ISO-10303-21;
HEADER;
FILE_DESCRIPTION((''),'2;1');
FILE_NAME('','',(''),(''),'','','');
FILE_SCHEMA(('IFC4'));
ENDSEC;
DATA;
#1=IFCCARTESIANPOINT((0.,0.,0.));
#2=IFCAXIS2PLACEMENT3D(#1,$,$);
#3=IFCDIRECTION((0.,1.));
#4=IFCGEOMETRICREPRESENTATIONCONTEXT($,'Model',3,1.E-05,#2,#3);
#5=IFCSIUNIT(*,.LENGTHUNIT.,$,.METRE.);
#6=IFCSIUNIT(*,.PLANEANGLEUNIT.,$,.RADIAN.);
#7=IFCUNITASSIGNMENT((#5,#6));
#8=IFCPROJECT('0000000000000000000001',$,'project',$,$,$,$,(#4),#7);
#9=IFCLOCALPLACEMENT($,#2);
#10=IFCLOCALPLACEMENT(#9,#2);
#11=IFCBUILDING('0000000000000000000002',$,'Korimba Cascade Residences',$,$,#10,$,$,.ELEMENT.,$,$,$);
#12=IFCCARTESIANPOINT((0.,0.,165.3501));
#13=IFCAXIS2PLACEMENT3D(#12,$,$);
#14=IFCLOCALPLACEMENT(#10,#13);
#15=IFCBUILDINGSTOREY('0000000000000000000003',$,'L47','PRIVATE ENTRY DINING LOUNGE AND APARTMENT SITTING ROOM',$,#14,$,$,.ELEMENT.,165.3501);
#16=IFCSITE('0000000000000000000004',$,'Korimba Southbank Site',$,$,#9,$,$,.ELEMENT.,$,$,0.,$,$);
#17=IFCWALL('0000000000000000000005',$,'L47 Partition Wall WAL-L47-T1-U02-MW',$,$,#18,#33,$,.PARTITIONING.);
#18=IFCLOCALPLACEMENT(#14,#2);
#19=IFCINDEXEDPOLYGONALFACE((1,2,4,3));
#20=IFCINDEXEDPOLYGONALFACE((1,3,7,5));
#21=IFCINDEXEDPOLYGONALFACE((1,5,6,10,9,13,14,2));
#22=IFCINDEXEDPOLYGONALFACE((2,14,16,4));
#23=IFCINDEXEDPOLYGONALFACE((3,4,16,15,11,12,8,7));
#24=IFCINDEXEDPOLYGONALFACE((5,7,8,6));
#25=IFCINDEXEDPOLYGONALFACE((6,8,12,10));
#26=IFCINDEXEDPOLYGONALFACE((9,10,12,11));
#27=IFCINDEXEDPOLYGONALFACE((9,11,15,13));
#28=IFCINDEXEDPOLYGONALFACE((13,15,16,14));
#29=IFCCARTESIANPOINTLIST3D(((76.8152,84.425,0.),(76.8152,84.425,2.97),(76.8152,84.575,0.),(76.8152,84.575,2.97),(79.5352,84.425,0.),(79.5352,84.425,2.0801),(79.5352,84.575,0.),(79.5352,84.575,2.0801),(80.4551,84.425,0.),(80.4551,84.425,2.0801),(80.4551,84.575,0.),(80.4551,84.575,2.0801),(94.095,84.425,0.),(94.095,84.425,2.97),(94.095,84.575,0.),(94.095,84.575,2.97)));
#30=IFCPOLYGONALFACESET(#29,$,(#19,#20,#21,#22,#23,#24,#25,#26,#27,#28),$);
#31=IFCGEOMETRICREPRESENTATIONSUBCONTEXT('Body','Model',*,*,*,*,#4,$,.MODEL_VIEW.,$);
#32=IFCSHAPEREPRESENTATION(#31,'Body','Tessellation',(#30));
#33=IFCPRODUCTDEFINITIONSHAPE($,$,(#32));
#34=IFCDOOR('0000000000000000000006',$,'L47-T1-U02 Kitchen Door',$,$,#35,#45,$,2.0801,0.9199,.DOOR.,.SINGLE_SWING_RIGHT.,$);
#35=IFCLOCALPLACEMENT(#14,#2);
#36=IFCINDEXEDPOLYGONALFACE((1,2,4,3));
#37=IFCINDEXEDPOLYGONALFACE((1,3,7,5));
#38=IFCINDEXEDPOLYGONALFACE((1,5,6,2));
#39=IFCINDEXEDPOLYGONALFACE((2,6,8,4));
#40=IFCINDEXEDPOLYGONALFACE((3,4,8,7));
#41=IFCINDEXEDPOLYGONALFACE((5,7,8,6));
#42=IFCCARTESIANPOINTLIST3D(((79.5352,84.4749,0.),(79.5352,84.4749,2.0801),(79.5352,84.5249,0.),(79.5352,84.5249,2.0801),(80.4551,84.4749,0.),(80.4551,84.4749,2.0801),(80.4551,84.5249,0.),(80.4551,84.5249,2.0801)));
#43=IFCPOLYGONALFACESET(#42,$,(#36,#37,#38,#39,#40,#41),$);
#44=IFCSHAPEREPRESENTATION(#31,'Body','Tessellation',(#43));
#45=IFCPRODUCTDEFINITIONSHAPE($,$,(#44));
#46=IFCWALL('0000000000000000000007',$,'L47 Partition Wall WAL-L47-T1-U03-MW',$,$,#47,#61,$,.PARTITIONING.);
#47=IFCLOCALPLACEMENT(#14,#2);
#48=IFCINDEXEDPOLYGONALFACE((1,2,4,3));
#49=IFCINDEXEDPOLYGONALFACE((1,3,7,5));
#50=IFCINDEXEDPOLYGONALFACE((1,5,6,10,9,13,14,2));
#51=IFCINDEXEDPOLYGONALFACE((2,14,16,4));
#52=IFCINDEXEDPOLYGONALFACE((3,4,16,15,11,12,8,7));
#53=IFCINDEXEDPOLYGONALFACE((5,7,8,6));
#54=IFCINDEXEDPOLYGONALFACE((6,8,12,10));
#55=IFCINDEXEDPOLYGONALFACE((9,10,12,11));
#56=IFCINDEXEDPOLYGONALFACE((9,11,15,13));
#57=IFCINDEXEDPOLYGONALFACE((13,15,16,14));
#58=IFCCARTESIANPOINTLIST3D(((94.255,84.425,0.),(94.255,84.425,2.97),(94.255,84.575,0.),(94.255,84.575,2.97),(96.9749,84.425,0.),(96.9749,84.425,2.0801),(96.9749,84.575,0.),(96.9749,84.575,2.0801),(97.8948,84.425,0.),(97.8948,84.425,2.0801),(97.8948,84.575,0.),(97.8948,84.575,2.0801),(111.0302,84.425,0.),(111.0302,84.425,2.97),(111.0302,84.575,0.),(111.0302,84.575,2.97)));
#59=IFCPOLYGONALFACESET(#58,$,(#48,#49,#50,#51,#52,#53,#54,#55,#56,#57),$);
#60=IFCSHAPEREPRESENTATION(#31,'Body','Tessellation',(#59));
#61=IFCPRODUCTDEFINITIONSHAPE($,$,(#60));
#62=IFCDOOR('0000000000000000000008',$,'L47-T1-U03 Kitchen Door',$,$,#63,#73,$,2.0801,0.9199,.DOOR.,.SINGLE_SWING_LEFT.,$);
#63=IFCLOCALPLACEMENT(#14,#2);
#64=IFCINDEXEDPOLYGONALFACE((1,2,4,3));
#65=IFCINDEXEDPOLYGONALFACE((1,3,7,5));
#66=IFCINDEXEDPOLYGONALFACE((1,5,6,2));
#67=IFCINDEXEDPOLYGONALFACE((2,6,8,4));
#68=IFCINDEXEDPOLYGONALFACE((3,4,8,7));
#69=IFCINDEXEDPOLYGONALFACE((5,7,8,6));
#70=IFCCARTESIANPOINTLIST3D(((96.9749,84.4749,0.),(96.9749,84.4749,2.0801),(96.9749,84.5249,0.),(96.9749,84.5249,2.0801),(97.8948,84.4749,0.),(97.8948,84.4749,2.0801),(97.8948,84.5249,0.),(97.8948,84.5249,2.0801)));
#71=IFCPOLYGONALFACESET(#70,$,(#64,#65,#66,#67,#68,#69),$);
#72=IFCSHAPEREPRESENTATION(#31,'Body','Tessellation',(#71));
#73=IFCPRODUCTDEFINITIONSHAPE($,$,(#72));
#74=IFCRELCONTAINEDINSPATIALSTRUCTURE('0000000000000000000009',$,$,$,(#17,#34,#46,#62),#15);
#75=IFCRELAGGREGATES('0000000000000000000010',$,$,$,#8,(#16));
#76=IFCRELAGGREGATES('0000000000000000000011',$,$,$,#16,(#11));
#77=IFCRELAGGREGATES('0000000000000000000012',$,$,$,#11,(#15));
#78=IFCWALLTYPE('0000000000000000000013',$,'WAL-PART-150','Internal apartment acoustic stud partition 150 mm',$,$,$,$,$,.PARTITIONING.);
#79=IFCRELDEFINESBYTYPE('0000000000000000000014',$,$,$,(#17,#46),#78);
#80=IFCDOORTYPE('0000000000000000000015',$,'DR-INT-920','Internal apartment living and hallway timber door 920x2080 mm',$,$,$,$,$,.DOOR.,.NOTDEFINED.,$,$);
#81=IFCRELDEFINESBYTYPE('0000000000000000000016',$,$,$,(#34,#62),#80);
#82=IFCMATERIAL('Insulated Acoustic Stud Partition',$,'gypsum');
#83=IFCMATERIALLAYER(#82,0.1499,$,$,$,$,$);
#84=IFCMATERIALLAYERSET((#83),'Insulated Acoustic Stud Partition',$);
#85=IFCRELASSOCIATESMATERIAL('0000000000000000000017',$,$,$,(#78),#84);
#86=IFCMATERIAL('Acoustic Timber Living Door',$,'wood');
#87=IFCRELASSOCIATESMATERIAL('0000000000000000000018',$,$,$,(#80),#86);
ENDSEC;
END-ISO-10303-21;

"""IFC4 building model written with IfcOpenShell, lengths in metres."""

from ifc_helpers import new_model, si_unit, direction, frame, frame_2d, origin, place, context, subcontext, project, spatial, rectangle, extrude, material, layer, layer_set, type_object, element, fill, save


model = new_model("IFC4")

# Units and contexts
model_context = context("Model", 3, precision=1e-05, world=origin(), true_north=direction((0.0, 1.0)))
body_context = subcontext(model_context, "Body", "Model", "MODEL_VIEW")
ifc_project = project(units=[si_unit("LENGTHUNIT", "METRE"), si_unit("PLANEANGLEUNIT", "RADIAN")], contexts=[model_context])

# Site, building, storey
site_placement = place(None, origin())
site = spatial("IfcSite", under=ifc_project, at=site_placement, Name="Korimba Southbank Site", CompositionType="ELEMENT", RefElevation=0.0)
building_placement = place(site_placement, origin())
building = spatial("IfcBuilding", under=site, at=building_placement, Name="Korimba Cascade Residences", CompositionType="ELEMENT")
storey_placement = place(building_placement, frame((0.0, 0.0, 165.3501)))
storey = spatial("IfcBuildingStorey", under=building, at=storey_placement, Name="L47", Description="PRIVATE ENTRY DINING LOUNGE AND APARTMENT SITTING ROOM", CompositionType="ELEMENT", Elevation=165.3501)

# Shared definitions
ifc_material_1 = material(Name="Insulated Acoustic Stud Partition", Category="gypsum")
ifc_layer = layer(ifc_material_1, 0.1499)
ifc_layer_set = layer_set([ifc_layer], Name="Insulated Acoustic Stud Partition")
wall_type = type_object("IfcWallType", Name="WAL-PART-150", Description="Internal apartment acoustic stud partition 150 mm", PredefinedType="PARTITIONING", material=ifc_layer_set)

# Shared definitions
ifc_material_2 = material(Name="Acoustic Timber Living Door", Category="wood")
door_type_1 = type_object("IfcDoorType", Name="DR-INT-920", Description="Internal apartment living and hallway timber door 920x2080 mm", OperationType="NOTDEFINED", PredefinedType="DOOR", material=ifc_material_2)

# Walls, openings, doors
wall_1_placement = place(storey_placement, frame((76.8152, 84.5, 0.0), z_axis=(0.0, 0.0, 1.0), x_axis=(1.0, 0.0, 0.0)))
wall_1 = element("IfcWall", 1, at=wall_1_placement, inside=storey, type_object=wall_type, Name="L47 Partition Wall WAL-L47-T1-U02-MW", PredefinedType="PARTITIONING", context=body_context, shape_type="SweptSolid", body=[
    extrude(rectangle(XDim=17.2798, YDim=0.1499, at=frame_2d((8.6399, 0.0))), origin(), (0.0, 0.0, 1.0), 2.97),
])
opening_1_placement = place(wall_1_placement, frame((2.72, 0.0, 0.0)))
opening_1 = element("IfcOpeningElement", 2, at=opening_1_placement, cuts=wall_1, PredefinedType="OPENING", context=body_context, shape_type="SweptSolid", body=[
    extrude(rectangle(XDim=0.9199, YDim=2.0801, at=frame_2d((0.46, 1.04))), frame((0.0, 0.085, 0.0), z_axis=(0.0, -1.0, 0.0), x_axis=(1.0, 0.0, 0.0)), (0.0, 0.0, 1.0), 0.1699),
])
door_1_placement = place(opening_1_placement, origin())
door_1 = element("IfcDoor", 3, at=door_1_placement, inside=storey, type_object=door_type_1, Name="L47-T1-U02 Kitchen Door", OperationType="SINGLE_SWING_RIGHT", OverallHeight=2.0801, OverallWidth=0.9199, PredefinedType="DOOR", context=body_context, shape_type="SweptSolid", body=[
    extrude(rectangle(XDim=0.9199, YDim=2.0801, at=frame_2d((0.46, 1.04))), frame((0.0, 0.0249, 0.0), z_axis=(0.0, -1.0, 0.0), x_axis=(1.0, 0.0, 0.0)), (0.0, 0.0, 1.0), 0.05),
])
fill(opening_1, door_1)
wall_2_placement = place(storey_placement, frame((94.2549, 84.5, 0.0), z_axis=(0.0, 0.0, 1.0), x_axis=(1.0, 0.0, 0.0)))
wall_2 = element("IfcWall", 4, at=wall_2_placement, inside=storey, type_object=wall_type, Name="L47 Partition Wall WAL-L47-T1-U03-MW", PredefinedType="PARTITIONING", context=body_context, shape_type="SweptSolid", body=[
    extrude(rectangle(XDim=16.7751, YDim=0.1499, at=frame_2d((8.3877, 0.0))), origin(), (0.0, 0.0, 1.0), 2.97),
])
opening_2_placement = place(wall_2_placement, frame((2.72, 0.0, 0.0)))
opening_2 = element("IfcOpeningElement", 5, at=opening_2_placement, cuts=wall_2, PredefinedType="OPENING", context=body_context, shape_type="SweptSolid", body=[
    extrude(rectangle(XDim=0.9199, YDim=2.0801, at=frame_2d((0.46, 1.04))), frame((0.0, 0.085, 0.0), z_axis=(0.0, -1.0, 0.0), x_axis=(1.0, 0.0, 0.0)), (0.0, 0.0, 1.0), 0.1699),
])
door_2_placement = place(opening_2_placement, origin())
door_2 = element("IfcDoor", 6, at=door_2_placement, inside=storey, type_object=door_type_1, Name="L47-T1-U03 Kitchen Door", OperationType="SINGLE_SWING_LEFT", OverallHeight=2.0801, OverallWidth=0.9199, PredefinedType="DOOR", context=body_context, shape_type="SweptSolid", body=[
    extrude(rectangle(XDim=0.9199, YDim=2.0801, at=frame_2d((0.46, 1.04))), frame((0.0, 0.0249, 0.0), z_axis=(0.0, -1.0, 0.0), x_axis=(1.0, 0.0, 0.0)), (0.0, 0.0, 1.0), 0.05),
])
fill(opening_2, door_2)

save(model, "model.ifc")
